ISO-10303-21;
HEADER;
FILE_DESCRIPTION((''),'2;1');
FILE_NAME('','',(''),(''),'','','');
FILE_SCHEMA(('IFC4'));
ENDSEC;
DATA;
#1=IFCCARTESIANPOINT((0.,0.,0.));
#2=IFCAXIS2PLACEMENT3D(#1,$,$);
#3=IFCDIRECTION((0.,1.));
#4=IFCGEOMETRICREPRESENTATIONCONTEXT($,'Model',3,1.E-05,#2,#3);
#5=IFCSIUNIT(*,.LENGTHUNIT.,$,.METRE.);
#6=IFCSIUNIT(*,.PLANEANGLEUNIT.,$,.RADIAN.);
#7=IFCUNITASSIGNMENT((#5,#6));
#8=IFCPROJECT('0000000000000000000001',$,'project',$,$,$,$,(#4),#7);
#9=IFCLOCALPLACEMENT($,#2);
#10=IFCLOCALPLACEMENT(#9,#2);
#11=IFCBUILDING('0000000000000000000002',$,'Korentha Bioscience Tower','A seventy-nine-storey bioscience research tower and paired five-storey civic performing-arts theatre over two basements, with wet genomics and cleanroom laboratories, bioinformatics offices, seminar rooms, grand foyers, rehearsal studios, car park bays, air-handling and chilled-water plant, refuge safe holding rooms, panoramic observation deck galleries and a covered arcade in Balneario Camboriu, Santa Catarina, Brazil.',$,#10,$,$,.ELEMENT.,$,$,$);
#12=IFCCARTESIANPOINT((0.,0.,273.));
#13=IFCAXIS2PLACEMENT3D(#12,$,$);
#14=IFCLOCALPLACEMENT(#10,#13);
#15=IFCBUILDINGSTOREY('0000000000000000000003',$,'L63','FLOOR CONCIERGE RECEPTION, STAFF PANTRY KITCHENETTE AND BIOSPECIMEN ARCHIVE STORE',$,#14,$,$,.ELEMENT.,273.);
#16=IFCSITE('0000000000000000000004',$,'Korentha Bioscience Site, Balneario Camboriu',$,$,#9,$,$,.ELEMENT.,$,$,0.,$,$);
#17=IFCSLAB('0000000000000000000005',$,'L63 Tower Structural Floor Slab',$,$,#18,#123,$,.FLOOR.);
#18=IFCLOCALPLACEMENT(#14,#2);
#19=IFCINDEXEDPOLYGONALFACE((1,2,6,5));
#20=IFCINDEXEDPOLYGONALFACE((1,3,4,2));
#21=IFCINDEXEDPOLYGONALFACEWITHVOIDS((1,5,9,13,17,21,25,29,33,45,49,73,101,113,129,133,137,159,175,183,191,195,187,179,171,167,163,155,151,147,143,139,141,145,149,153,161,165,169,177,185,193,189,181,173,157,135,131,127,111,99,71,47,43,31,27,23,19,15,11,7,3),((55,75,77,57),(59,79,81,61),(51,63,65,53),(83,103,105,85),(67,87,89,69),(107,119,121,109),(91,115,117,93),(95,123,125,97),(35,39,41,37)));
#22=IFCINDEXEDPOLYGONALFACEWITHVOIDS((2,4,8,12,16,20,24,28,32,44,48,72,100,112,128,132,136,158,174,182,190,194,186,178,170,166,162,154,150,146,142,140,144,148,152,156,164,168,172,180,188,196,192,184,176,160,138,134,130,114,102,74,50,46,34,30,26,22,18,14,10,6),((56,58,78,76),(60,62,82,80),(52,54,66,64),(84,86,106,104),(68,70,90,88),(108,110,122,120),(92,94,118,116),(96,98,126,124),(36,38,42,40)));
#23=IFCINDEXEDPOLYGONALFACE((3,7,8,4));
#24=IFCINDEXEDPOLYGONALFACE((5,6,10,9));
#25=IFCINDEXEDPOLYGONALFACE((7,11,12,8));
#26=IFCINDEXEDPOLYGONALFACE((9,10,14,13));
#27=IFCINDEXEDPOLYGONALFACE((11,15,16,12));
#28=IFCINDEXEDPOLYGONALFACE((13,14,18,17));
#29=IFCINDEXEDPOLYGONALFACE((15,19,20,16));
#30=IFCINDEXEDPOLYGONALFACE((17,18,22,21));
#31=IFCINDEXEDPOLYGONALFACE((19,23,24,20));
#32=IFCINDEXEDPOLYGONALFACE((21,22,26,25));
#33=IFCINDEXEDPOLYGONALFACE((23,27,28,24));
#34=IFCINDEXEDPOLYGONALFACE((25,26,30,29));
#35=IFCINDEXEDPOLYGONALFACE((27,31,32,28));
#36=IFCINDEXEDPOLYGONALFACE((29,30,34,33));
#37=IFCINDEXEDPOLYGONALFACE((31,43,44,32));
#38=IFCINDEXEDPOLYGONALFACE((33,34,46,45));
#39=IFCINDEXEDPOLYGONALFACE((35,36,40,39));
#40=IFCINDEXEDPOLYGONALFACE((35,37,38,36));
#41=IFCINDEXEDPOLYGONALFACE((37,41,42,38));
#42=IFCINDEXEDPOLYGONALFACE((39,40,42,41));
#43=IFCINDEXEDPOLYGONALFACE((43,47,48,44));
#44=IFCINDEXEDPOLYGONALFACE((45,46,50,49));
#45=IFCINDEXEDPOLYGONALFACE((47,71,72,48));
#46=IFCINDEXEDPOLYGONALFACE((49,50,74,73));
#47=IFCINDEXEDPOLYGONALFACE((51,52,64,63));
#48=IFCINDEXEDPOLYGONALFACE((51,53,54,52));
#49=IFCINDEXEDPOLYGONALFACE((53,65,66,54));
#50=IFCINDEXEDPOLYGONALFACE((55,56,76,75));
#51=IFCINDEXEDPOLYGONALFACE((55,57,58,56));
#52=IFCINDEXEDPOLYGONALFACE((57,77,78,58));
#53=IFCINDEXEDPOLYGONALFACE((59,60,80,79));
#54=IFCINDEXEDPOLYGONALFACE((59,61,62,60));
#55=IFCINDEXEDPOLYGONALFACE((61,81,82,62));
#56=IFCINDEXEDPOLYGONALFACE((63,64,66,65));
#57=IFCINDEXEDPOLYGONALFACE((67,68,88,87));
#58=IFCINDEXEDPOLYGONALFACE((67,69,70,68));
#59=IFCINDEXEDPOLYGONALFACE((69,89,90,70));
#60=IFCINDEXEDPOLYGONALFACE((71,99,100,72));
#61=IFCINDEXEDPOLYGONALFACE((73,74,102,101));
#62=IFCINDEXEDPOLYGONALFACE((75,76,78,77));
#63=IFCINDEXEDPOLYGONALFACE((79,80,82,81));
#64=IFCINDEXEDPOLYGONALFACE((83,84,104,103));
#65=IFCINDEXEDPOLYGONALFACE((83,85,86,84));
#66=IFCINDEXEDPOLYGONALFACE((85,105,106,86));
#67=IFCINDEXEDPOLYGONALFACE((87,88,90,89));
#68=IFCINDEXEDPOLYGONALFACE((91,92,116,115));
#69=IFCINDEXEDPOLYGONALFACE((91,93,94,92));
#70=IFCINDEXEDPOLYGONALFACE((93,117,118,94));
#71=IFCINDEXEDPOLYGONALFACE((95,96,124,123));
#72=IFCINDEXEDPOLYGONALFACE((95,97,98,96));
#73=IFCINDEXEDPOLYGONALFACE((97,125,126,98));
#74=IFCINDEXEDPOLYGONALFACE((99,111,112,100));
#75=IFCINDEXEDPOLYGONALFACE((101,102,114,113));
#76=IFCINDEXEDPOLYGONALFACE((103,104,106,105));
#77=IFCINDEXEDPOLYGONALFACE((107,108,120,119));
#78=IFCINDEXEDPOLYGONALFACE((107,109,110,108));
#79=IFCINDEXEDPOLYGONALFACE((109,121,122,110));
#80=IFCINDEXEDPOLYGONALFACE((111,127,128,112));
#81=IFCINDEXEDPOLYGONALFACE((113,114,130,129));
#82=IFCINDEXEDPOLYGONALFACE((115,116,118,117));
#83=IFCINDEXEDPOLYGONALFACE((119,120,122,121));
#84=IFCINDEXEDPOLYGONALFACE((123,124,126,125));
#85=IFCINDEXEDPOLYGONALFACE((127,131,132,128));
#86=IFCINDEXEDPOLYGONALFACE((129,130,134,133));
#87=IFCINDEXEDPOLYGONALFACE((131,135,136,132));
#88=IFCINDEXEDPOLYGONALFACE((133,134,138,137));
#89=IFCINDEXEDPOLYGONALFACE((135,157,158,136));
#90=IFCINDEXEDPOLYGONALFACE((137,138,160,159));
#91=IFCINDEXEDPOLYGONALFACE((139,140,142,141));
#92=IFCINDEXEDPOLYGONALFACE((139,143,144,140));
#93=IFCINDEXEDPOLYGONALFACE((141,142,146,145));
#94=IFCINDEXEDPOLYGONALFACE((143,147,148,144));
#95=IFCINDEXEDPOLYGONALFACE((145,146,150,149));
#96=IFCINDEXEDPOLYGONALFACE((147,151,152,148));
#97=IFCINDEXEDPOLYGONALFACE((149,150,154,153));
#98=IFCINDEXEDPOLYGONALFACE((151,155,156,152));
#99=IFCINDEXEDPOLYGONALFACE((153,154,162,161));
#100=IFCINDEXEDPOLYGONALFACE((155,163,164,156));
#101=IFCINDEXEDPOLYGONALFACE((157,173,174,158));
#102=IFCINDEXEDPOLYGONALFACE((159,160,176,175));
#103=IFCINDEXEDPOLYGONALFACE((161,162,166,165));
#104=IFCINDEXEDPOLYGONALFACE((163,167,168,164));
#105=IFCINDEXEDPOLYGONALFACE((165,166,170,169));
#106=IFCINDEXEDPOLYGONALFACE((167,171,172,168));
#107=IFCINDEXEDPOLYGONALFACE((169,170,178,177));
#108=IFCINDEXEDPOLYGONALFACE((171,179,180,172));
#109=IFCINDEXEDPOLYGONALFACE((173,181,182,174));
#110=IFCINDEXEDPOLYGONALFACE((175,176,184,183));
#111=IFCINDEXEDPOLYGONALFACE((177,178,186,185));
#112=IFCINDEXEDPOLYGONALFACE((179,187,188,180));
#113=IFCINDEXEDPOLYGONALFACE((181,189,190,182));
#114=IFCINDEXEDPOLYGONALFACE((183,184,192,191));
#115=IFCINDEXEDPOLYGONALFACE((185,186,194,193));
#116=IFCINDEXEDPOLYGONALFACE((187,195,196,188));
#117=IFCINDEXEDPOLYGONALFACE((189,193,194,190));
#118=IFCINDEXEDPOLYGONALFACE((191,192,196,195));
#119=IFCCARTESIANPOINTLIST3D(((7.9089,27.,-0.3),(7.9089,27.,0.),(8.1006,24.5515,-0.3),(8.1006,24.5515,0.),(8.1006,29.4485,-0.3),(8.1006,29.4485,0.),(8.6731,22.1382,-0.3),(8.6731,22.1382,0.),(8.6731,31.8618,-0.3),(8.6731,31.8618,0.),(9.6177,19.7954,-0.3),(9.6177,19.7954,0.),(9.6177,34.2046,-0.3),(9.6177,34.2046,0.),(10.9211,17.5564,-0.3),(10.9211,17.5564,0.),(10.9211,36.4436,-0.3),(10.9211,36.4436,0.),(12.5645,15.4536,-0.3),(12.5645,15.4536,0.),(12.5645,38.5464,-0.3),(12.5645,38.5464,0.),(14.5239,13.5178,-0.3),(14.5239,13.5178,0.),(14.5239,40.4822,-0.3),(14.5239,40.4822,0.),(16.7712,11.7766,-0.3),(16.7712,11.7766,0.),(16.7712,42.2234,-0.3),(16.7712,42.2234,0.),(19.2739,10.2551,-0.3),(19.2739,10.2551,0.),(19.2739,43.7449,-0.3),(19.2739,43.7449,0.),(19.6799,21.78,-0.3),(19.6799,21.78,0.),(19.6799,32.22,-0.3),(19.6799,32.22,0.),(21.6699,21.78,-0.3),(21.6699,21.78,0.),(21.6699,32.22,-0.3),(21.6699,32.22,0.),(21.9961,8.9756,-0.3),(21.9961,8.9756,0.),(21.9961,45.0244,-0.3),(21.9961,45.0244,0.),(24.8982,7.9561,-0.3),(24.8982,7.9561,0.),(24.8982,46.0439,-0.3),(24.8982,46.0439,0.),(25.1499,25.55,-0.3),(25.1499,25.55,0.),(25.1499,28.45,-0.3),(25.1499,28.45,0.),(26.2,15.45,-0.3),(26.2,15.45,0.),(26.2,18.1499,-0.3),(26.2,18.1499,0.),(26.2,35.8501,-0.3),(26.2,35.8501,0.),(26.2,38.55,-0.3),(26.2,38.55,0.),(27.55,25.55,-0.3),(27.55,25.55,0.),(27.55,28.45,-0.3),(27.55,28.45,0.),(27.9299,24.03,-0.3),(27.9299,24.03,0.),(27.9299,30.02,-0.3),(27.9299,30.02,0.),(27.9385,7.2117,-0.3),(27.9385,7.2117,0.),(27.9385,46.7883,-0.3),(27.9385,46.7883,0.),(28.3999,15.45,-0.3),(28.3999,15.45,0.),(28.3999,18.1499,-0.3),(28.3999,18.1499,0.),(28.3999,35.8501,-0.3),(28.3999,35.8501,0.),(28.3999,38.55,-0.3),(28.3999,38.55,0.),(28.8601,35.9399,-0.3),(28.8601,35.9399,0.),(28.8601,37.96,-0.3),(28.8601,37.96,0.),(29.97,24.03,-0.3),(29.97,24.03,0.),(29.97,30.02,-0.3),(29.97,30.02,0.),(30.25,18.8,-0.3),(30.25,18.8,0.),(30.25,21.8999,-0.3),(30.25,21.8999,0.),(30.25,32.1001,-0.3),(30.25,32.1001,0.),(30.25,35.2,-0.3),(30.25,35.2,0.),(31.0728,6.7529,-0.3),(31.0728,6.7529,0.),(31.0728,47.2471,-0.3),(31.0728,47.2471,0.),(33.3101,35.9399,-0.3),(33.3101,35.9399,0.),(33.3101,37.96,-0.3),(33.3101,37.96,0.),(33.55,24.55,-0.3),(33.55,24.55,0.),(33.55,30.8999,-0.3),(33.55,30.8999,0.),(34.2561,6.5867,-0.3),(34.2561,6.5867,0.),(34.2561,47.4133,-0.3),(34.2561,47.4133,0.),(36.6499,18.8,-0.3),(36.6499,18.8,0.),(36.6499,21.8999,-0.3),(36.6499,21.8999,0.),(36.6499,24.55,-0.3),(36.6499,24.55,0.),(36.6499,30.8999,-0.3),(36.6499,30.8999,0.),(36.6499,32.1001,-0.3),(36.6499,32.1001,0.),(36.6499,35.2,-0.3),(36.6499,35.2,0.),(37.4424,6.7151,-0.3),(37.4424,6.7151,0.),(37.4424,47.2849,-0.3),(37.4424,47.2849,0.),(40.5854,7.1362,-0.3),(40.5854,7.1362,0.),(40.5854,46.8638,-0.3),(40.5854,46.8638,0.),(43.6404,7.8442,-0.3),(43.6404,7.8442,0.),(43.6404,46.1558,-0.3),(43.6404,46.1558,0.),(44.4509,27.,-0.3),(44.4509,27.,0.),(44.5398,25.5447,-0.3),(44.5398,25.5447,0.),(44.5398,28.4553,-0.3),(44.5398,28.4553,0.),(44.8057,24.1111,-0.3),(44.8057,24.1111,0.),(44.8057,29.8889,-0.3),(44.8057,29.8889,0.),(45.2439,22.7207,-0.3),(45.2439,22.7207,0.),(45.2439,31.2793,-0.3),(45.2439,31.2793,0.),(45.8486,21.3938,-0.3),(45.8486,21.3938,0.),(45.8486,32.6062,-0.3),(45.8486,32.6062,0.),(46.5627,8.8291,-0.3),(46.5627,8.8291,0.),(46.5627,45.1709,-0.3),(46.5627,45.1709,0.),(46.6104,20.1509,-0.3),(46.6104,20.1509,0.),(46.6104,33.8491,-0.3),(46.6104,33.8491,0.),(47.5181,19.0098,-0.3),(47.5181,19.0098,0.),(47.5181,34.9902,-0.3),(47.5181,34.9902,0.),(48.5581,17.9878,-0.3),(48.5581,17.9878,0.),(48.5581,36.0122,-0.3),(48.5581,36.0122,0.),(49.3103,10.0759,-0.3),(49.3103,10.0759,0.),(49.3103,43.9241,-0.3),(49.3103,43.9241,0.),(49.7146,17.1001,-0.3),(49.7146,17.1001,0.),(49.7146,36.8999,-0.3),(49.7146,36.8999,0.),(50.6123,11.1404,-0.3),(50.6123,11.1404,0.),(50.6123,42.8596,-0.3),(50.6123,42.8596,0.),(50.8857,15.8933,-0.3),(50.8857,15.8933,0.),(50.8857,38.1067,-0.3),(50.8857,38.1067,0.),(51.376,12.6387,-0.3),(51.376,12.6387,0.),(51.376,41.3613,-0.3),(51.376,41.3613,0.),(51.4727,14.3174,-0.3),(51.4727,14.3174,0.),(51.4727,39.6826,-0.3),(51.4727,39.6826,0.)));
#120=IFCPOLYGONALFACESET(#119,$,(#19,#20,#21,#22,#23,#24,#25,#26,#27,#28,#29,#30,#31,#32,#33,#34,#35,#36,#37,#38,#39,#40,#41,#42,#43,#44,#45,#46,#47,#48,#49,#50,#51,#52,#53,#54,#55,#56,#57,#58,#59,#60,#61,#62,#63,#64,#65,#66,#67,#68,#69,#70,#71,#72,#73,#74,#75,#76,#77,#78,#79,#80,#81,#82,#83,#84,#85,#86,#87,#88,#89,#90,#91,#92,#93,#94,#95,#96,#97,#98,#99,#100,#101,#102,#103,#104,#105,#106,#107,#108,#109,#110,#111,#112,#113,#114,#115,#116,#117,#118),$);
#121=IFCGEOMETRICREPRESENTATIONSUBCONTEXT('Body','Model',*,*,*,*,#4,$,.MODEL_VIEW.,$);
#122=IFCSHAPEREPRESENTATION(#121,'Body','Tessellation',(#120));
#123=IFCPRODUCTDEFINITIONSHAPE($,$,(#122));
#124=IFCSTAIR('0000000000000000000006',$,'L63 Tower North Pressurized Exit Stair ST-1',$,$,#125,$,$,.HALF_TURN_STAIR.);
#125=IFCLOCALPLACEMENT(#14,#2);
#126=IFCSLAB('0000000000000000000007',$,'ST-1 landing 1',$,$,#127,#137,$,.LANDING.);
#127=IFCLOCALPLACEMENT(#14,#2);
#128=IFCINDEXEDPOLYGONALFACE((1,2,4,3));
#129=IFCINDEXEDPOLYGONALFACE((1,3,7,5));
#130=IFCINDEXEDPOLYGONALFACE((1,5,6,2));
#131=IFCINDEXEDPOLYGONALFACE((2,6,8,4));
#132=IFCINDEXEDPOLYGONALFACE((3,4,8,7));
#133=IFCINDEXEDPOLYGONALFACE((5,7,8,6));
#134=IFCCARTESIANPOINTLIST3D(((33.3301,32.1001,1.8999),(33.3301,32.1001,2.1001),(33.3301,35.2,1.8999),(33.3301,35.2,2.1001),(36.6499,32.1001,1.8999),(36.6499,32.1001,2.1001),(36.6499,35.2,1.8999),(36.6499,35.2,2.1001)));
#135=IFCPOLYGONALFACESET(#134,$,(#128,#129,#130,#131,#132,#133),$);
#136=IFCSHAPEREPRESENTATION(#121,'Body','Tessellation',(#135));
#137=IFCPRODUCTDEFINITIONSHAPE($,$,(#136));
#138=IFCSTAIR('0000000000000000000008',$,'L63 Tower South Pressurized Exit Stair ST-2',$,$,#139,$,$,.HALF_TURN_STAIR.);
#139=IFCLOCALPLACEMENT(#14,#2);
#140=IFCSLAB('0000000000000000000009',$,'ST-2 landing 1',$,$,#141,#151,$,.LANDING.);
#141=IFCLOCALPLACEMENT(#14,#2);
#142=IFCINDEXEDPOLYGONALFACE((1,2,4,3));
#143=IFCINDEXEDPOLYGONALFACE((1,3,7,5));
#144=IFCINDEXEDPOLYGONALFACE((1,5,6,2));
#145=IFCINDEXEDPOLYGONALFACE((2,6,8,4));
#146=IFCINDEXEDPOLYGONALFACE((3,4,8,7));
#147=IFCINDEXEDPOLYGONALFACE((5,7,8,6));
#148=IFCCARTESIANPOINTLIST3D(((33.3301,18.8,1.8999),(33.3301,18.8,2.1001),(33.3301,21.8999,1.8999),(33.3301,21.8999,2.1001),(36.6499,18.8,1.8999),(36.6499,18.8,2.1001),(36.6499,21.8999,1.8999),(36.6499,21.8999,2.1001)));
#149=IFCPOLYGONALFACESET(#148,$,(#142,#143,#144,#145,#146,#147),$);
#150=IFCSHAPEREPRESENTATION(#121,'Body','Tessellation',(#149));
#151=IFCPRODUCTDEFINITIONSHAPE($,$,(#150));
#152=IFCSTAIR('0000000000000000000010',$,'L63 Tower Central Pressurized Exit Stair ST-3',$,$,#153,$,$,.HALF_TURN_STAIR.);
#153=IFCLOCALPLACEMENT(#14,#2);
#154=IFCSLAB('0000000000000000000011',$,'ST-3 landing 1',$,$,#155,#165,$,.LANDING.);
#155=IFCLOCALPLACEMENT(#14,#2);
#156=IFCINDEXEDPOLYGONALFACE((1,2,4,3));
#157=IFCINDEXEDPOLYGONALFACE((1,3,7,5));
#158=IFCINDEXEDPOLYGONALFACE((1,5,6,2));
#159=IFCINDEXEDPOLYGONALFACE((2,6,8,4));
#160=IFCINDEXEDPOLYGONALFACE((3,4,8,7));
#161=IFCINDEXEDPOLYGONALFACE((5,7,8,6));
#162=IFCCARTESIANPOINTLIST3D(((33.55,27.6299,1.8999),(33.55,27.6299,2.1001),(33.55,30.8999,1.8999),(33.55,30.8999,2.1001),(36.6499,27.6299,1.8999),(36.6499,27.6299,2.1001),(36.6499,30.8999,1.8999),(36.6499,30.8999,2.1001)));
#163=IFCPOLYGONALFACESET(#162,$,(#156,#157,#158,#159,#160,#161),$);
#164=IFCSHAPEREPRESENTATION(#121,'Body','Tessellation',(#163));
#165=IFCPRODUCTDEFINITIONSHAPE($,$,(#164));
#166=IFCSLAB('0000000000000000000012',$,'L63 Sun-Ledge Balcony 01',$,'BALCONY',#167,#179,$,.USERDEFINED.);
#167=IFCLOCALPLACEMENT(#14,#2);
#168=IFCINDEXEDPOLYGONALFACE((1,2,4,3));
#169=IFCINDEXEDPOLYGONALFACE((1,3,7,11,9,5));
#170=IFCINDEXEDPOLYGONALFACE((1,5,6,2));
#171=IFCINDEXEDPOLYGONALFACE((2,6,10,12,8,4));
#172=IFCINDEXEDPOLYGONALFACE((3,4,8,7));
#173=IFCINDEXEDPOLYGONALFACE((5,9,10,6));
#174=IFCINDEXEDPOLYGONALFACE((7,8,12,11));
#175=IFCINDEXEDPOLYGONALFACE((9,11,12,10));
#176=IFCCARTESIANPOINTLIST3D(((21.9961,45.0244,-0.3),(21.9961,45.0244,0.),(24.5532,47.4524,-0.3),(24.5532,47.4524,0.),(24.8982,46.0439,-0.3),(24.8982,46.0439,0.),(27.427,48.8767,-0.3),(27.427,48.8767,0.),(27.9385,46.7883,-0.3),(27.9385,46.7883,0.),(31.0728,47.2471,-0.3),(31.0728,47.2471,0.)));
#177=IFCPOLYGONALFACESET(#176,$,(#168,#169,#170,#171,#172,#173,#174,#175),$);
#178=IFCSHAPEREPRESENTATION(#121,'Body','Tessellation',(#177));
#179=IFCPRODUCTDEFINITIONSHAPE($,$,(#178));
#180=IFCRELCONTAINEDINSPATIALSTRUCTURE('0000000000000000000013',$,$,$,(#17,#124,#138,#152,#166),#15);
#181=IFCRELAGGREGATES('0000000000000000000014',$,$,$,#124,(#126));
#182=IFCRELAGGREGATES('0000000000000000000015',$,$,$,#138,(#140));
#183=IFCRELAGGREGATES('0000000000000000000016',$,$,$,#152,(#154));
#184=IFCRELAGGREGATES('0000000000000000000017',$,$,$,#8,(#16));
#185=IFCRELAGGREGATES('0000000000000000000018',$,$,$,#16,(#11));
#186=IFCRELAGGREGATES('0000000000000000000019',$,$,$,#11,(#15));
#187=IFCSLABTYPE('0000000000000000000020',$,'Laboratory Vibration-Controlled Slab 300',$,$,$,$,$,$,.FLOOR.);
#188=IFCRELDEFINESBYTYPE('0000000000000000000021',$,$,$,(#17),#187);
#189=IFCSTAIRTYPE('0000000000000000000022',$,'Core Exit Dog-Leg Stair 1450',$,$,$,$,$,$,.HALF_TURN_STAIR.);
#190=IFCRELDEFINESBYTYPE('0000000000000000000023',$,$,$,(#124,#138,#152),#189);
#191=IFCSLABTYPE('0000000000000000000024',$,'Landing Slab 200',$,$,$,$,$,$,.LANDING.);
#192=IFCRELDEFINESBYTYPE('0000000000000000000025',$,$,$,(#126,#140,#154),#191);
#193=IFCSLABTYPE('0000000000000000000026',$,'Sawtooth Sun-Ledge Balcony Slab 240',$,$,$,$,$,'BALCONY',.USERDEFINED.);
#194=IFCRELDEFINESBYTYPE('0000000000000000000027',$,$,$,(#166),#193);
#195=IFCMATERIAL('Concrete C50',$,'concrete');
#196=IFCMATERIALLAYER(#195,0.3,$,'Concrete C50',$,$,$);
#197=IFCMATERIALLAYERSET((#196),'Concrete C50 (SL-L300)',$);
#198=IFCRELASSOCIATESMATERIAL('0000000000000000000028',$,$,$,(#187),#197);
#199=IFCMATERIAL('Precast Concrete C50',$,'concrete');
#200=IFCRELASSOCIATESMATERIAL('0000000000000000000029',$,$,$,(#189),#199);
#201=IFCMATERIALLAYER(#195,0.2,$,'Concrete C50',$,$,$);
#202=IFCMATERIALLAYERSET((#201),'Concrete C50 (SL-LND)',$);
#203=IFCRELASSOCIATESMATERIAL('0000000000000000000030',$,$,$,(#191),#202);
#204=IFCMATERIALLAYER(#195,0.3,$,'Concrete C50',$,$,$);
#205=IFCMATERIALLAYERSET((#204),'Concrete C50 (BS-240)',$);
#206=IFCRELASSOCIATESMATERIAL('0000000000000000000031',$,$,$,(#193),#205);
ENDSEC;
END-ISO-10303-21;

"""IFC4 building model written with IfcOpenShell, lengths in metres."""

from ifc_helpers import new_model, si_unit, direction, frame, origin, place, context, subcontext, project, spatial, polyline, outline, extrude, material, layer, layer_set, type_object, element, aggregate, save


model = new_model("IFC4")

# Units and contexts
model_context = context("Model", 3, precision=1e-05, world=origin(), true_north=direction((0.0, 1.0)))
body_context = subcontext(model_context, "Body", "Model", "MODEL_VIEW")
ifc_project = project(units=[si_unit("LENGTHUNIT", "METRE"), si_unit("PLANEANGLEUNIT", "RADIAN")], contexts=[model_context])

# Site, building, storey
site_placement = place(None, origin())
site = spatial("IfcSite", under=ifc_project, at=site_placement, Name="Korentha Bioscience Site, Balneario Camboriu", CompositionType="ELEMENT", RefElevation=0.0)
building_placement = place(site_placement, origin())
building = spatial("IfcBuilding", under=site, at=building_placement, Name="Korentha Bioscience Tower", Description="A seventy-nine-storey bioscience research tower and paired five-storey civic performing-arts theatre over two basements, with wet genomics and cleanroom laboratories, bioinformatics offices, seminar rooms, grand foyers, rehearsal studios, car park bays, air-handling and chilled-water plant, refuge safe holding rooms, panoramic observation deck galleries and a covered arcade in Balneario Camboriu, Santa Catarina, Brazil.", CompositionType="ELEMENT")
storey_placement = place(building_placement, frame((0.0, 0.0, 273.0)))
storey = spatial("IfcBuildingStorey", under=building, at=storey_placement, Name="L63", Description="FLOOR CONCIERGE RECEPTION, STAFF PANTRY KITCHENETTE AND BIOSPECIMEN ARCHIVE STORE", CompositionType="ELEMENT", Elevation=273.0)

# Slab
ifc_material_1 = material(Name="Concrete C50", Category="concrete")
ifc_layer_1 = layer(ifc_material_1, 0.3, Name="Concrete C50")
ifc_layer_set_1 = layer_set([ifc_layer_1], Name="Concrete C50 (SL-L300)")
slab_type_1 = type_object("IfcSlabType", Name="Laboratory Vibration-Controlled Slab 300", PredefinedType="FLOOR", material=ifc_layer_set_1)
slab_1_placement = place(storey_placement, frame((0.0, 0.0, -0.3)))
element("IfcSlab", 1, at=slab_1_placement, inside=storey, type_object=slab_type_1, Name="L63 Tower Structural Floor Slab", PredefinedType="FLOOR", context=body_context, shape_type="SweptSolid", body=[
    extrude(outline(polyline([(49.3103, 43.9241), (46.5627, 45.1709), (43.6404, 46.1558), (40.5854, 46.8638), (37.4424, 47.2849), (34.2561, 47.4133), (31.0728, 47.2471), (27.9385, 46.7883), (24.8982, 46.0439), (21.9961, 45.0244), (19.2739, 43.7449), (16.7712, 42.2234), (14.5239, 40.4822), (12.5645, 38.5464), (10.9211, 36.4436), (9.6177, 34.2046), (8.6731, 31.8618), (8.1006, 29.4485), (7.9089, 27.0), (8.1006, 24.5515), (8.6731, 22.1382), (9.6177, 19.7954), (10.9211, 17.5564), (12.5645, 15.4536), (14.5239, 13.5178), (16.7712, 11.7766), (19.2739, 10.2551), (21.9961, 8.9756), (24.8982, 7.9561), (27.9385, 7.2117), (31.0728, 6.7529), (34.2561, 6.5867), (37.4424, 6.7151), (40.5854, 7.1362), (43.6404, 7.8442), (46.5627, 8.8291), (49.3103, 10.0759), (50.6123, 11.1404), (51.376, 12.6387), (51.4727, 14.3174), (50.8857, 15.8933), (49.7146, 17.1001), (48.5581, 17.9878), (47.5181, 19.0098), (46.6104, 20.1509), (45.8486, 21.3938), (45.2439, 22.7207), (44.8057, 24.1111), (44.5398, 25.5447), (44.4509, 27.0), (44.5398, 28.4553), (44.8057, 29.8889), (45.2439, 31.2793), (45.8486, 32.6062), (46.6104, 33.8491), (47.5181, 34.9902), (48.5581, 36.0122), (49.7146, 36.8999), (50.8857, 38.1067), (51.4727, 39.6826), (51.376, 41.3613), (50.6123, 42.8596), (49.3103, 43.9241)]), holes=[polyline([(30.25, 32.1001), (36.6499, 32.1001), (36.6499, 35.2), (30.25, 35.2), (30.25, 32.1001)]), polyline([(30.25, 18.8), (36.6499, 18.8), (36.6499, 21.8999), (30.25, 21.8999), (30.25, 18.8)]), polyline([(36.6499, 24.55), (36.6499, 30.8999), (33.55, 30.8999), (33.55, 24.55), (36.6499, 24.55)]), polyline([(19.6799, 21.78), (21.6699, 21.78), (21.6699, 32.22), (19.6799, 32.22), (19.6799, 21.78)]), polyline([(27.9299, 24.03), (29.97, 24.03), (29.97, 30.02), (27.9299, 30.02), (27.9299, 24.03)]), polyline([(28.8601, 35.9399), (33.3101, 35.9399), (33.3101, 37.96), (28.8601, 37.96), (28.8601, 35.9399)]), polyline([(26.2, 15.45), (28.3999, 15.45), (28.3999, 18.1499), (26.2, 18.1499), (26.2, 15.45)]), polyline([(26.2, 35.8501), (28.3999, 35.8501), (28.3999, 38.55), (26.2, 38.55), (26.2, 35.8501)]), polyline([(25.1499, 25.55), (27.55, 25.55), (27.55, 28.45), (25.1499, 28.45), (25.1499, 25.55)])]), origin(), (0.0, 0.0, 1.0), 0.3),
])

# Stairs, slabs
ifc_material_2 = material(Name="Precast Concrete C50", Category="concrete")
stair_type = type_object("IfcStairType", Name="Core Exit Dog-Leg Stair 1450", PredefinedType="HALF_TURN_STAIR", material=ifc_material_2)
stair_1_placement = place(storey_placement, origin())
stair_1 = element("IfcStair", 2, at=stair_1_placement, inside=storey, type_object=stair_type, Name="L63 Tower North Pressurized Exit Stair ST-1", PredefinedType="HALF_TURN_STAIR")
ifc_layer_2 = layer(ifc_material_1, 0.2, Name="Concrete C50")
ifc_layer_set_2 = layer_set([ifc_layer_2], Name="Concrete C50 (SL-LND)")
slab_type_2 = type_object("IfcSlabType", Name="Landing Slab 200", PredefinedType="LANDING", material=ifc_layer_set_2)
slab_2_placement = place(storey_placement, frame((0.0, 0.0, 1.8999)))
slab_2 = element("IfcSlab", 3, at=slab_2_placement, type_object=slab_type_2, Name="ST-1 landing 1", PredefinedType="LANDING", context=body_context, shape_type="SweptSolid", body=[
    extrude(outline(polyline([(33.3301, 32.1001), (36.6499, 32.1001), (36.6499, 35.2), (33.3301, 35.2), (33.3301, 32.1001)])), origin(), (0.0, 0.0, 1.0), 0.2002),
])
aggregate(stair_1, [slab_2])
stair_2_placement = place(storey_placement, origin())
stair_2 = element("IfcStair", 4, at=stair_2_placement, inside=storey, type_object=stair_type, Name="L63 Tower South Pressurized Exit Stair ST-2", PredefinedType="HALF_TURN_STAIR")
slab_3_placement = place(storey_placement, frame((0.0, 0.0, 1.8999)))
slab_3 = element("IfcSlab", 5, at=slab_3_placement, type_object=slab_type_2, Name="ST-2 landing 1", PredefinedType="LANDING", context=body_context, shape_type="SweptSolid", body=[
    extrude(outline(polyline([(33.3301, 18.8), (36.6499, 18.8), (36.6499, 21.8999), (33.3301, 21.8999), (33.3301, 18.8)])), origin(), (0.0, 0.0, 1.0), 0.2002),
])
aggregate(stair_2, [slab_3])
stair_3_placement = place(storey_placement, origin())
stair_3 = element("IfcStair", 6, at=stair_3_placement, inside=storey, type_object=stair_type, Name="L63 Tower Central Pressurized Exit Stair ST-3", PredefinedType="HALF_TURN_STAIR")
slab_4_placement = place(storey_placement, frame((0.0, 0.0, 1.8999)))
slab_4 = element("IfcSlab", 7, at=slab_4_placement, type_object=slab_type_2, Name="ST-3 landing 1", PredefinedType="LANDING", context=body_context, shape_type="SweptSolid", body=[
    extrude(outline(polyline([(36.6499, 27.6299), (36.6499, 30.8999), (33.55, 30.8999), (33.55, 27.6299), (36.6499, 27.6299)])), origin(), (0.0, 0.0, 1.0), 0.2002),
])
aggregate(stair_3, [slab_4])

# Slab
ifc_layer_3 = layer(ifc_material_1, 0.3, Name="Concrete C50")
ifc_layer_set_3 = layer_set([ifc_layer_3], Name="Concrete C50 (BS-240)")
slab_type_3 = type_object("IfcSlabType", Name="Sawtooth Sun-Ledge Balcony Slab 240", ElementType="BALCONY", PredefinedType="USERDEFINED", material=ifc_layer_set_3)
slab_5_placement = place(storey_placement, frame((0.0, 0.0, -0.3)))
element("IfcSlab", 8, at=slab_5_placement, inside=storey, type_object=slab_type_3, Name="L63 Sun-Ledge Balcony 01", ObjectType="BALCONY", PredefinedType="USERDEFINED", context=body_context, shape_type="SweptSolid", body=[
    extrude(outline(polyline([(21.9961, 45.0244), (24.8982, 46.0439), (27.9385, 46.7883), (31.0728, 47.2471), (27.427, 48.8767), (24.5532, 47.4524), (21.9961, 45.0244)])), origin(), (0.0, 0.0, 1.0), 0.3),
])

save(model, "model.ifc")
